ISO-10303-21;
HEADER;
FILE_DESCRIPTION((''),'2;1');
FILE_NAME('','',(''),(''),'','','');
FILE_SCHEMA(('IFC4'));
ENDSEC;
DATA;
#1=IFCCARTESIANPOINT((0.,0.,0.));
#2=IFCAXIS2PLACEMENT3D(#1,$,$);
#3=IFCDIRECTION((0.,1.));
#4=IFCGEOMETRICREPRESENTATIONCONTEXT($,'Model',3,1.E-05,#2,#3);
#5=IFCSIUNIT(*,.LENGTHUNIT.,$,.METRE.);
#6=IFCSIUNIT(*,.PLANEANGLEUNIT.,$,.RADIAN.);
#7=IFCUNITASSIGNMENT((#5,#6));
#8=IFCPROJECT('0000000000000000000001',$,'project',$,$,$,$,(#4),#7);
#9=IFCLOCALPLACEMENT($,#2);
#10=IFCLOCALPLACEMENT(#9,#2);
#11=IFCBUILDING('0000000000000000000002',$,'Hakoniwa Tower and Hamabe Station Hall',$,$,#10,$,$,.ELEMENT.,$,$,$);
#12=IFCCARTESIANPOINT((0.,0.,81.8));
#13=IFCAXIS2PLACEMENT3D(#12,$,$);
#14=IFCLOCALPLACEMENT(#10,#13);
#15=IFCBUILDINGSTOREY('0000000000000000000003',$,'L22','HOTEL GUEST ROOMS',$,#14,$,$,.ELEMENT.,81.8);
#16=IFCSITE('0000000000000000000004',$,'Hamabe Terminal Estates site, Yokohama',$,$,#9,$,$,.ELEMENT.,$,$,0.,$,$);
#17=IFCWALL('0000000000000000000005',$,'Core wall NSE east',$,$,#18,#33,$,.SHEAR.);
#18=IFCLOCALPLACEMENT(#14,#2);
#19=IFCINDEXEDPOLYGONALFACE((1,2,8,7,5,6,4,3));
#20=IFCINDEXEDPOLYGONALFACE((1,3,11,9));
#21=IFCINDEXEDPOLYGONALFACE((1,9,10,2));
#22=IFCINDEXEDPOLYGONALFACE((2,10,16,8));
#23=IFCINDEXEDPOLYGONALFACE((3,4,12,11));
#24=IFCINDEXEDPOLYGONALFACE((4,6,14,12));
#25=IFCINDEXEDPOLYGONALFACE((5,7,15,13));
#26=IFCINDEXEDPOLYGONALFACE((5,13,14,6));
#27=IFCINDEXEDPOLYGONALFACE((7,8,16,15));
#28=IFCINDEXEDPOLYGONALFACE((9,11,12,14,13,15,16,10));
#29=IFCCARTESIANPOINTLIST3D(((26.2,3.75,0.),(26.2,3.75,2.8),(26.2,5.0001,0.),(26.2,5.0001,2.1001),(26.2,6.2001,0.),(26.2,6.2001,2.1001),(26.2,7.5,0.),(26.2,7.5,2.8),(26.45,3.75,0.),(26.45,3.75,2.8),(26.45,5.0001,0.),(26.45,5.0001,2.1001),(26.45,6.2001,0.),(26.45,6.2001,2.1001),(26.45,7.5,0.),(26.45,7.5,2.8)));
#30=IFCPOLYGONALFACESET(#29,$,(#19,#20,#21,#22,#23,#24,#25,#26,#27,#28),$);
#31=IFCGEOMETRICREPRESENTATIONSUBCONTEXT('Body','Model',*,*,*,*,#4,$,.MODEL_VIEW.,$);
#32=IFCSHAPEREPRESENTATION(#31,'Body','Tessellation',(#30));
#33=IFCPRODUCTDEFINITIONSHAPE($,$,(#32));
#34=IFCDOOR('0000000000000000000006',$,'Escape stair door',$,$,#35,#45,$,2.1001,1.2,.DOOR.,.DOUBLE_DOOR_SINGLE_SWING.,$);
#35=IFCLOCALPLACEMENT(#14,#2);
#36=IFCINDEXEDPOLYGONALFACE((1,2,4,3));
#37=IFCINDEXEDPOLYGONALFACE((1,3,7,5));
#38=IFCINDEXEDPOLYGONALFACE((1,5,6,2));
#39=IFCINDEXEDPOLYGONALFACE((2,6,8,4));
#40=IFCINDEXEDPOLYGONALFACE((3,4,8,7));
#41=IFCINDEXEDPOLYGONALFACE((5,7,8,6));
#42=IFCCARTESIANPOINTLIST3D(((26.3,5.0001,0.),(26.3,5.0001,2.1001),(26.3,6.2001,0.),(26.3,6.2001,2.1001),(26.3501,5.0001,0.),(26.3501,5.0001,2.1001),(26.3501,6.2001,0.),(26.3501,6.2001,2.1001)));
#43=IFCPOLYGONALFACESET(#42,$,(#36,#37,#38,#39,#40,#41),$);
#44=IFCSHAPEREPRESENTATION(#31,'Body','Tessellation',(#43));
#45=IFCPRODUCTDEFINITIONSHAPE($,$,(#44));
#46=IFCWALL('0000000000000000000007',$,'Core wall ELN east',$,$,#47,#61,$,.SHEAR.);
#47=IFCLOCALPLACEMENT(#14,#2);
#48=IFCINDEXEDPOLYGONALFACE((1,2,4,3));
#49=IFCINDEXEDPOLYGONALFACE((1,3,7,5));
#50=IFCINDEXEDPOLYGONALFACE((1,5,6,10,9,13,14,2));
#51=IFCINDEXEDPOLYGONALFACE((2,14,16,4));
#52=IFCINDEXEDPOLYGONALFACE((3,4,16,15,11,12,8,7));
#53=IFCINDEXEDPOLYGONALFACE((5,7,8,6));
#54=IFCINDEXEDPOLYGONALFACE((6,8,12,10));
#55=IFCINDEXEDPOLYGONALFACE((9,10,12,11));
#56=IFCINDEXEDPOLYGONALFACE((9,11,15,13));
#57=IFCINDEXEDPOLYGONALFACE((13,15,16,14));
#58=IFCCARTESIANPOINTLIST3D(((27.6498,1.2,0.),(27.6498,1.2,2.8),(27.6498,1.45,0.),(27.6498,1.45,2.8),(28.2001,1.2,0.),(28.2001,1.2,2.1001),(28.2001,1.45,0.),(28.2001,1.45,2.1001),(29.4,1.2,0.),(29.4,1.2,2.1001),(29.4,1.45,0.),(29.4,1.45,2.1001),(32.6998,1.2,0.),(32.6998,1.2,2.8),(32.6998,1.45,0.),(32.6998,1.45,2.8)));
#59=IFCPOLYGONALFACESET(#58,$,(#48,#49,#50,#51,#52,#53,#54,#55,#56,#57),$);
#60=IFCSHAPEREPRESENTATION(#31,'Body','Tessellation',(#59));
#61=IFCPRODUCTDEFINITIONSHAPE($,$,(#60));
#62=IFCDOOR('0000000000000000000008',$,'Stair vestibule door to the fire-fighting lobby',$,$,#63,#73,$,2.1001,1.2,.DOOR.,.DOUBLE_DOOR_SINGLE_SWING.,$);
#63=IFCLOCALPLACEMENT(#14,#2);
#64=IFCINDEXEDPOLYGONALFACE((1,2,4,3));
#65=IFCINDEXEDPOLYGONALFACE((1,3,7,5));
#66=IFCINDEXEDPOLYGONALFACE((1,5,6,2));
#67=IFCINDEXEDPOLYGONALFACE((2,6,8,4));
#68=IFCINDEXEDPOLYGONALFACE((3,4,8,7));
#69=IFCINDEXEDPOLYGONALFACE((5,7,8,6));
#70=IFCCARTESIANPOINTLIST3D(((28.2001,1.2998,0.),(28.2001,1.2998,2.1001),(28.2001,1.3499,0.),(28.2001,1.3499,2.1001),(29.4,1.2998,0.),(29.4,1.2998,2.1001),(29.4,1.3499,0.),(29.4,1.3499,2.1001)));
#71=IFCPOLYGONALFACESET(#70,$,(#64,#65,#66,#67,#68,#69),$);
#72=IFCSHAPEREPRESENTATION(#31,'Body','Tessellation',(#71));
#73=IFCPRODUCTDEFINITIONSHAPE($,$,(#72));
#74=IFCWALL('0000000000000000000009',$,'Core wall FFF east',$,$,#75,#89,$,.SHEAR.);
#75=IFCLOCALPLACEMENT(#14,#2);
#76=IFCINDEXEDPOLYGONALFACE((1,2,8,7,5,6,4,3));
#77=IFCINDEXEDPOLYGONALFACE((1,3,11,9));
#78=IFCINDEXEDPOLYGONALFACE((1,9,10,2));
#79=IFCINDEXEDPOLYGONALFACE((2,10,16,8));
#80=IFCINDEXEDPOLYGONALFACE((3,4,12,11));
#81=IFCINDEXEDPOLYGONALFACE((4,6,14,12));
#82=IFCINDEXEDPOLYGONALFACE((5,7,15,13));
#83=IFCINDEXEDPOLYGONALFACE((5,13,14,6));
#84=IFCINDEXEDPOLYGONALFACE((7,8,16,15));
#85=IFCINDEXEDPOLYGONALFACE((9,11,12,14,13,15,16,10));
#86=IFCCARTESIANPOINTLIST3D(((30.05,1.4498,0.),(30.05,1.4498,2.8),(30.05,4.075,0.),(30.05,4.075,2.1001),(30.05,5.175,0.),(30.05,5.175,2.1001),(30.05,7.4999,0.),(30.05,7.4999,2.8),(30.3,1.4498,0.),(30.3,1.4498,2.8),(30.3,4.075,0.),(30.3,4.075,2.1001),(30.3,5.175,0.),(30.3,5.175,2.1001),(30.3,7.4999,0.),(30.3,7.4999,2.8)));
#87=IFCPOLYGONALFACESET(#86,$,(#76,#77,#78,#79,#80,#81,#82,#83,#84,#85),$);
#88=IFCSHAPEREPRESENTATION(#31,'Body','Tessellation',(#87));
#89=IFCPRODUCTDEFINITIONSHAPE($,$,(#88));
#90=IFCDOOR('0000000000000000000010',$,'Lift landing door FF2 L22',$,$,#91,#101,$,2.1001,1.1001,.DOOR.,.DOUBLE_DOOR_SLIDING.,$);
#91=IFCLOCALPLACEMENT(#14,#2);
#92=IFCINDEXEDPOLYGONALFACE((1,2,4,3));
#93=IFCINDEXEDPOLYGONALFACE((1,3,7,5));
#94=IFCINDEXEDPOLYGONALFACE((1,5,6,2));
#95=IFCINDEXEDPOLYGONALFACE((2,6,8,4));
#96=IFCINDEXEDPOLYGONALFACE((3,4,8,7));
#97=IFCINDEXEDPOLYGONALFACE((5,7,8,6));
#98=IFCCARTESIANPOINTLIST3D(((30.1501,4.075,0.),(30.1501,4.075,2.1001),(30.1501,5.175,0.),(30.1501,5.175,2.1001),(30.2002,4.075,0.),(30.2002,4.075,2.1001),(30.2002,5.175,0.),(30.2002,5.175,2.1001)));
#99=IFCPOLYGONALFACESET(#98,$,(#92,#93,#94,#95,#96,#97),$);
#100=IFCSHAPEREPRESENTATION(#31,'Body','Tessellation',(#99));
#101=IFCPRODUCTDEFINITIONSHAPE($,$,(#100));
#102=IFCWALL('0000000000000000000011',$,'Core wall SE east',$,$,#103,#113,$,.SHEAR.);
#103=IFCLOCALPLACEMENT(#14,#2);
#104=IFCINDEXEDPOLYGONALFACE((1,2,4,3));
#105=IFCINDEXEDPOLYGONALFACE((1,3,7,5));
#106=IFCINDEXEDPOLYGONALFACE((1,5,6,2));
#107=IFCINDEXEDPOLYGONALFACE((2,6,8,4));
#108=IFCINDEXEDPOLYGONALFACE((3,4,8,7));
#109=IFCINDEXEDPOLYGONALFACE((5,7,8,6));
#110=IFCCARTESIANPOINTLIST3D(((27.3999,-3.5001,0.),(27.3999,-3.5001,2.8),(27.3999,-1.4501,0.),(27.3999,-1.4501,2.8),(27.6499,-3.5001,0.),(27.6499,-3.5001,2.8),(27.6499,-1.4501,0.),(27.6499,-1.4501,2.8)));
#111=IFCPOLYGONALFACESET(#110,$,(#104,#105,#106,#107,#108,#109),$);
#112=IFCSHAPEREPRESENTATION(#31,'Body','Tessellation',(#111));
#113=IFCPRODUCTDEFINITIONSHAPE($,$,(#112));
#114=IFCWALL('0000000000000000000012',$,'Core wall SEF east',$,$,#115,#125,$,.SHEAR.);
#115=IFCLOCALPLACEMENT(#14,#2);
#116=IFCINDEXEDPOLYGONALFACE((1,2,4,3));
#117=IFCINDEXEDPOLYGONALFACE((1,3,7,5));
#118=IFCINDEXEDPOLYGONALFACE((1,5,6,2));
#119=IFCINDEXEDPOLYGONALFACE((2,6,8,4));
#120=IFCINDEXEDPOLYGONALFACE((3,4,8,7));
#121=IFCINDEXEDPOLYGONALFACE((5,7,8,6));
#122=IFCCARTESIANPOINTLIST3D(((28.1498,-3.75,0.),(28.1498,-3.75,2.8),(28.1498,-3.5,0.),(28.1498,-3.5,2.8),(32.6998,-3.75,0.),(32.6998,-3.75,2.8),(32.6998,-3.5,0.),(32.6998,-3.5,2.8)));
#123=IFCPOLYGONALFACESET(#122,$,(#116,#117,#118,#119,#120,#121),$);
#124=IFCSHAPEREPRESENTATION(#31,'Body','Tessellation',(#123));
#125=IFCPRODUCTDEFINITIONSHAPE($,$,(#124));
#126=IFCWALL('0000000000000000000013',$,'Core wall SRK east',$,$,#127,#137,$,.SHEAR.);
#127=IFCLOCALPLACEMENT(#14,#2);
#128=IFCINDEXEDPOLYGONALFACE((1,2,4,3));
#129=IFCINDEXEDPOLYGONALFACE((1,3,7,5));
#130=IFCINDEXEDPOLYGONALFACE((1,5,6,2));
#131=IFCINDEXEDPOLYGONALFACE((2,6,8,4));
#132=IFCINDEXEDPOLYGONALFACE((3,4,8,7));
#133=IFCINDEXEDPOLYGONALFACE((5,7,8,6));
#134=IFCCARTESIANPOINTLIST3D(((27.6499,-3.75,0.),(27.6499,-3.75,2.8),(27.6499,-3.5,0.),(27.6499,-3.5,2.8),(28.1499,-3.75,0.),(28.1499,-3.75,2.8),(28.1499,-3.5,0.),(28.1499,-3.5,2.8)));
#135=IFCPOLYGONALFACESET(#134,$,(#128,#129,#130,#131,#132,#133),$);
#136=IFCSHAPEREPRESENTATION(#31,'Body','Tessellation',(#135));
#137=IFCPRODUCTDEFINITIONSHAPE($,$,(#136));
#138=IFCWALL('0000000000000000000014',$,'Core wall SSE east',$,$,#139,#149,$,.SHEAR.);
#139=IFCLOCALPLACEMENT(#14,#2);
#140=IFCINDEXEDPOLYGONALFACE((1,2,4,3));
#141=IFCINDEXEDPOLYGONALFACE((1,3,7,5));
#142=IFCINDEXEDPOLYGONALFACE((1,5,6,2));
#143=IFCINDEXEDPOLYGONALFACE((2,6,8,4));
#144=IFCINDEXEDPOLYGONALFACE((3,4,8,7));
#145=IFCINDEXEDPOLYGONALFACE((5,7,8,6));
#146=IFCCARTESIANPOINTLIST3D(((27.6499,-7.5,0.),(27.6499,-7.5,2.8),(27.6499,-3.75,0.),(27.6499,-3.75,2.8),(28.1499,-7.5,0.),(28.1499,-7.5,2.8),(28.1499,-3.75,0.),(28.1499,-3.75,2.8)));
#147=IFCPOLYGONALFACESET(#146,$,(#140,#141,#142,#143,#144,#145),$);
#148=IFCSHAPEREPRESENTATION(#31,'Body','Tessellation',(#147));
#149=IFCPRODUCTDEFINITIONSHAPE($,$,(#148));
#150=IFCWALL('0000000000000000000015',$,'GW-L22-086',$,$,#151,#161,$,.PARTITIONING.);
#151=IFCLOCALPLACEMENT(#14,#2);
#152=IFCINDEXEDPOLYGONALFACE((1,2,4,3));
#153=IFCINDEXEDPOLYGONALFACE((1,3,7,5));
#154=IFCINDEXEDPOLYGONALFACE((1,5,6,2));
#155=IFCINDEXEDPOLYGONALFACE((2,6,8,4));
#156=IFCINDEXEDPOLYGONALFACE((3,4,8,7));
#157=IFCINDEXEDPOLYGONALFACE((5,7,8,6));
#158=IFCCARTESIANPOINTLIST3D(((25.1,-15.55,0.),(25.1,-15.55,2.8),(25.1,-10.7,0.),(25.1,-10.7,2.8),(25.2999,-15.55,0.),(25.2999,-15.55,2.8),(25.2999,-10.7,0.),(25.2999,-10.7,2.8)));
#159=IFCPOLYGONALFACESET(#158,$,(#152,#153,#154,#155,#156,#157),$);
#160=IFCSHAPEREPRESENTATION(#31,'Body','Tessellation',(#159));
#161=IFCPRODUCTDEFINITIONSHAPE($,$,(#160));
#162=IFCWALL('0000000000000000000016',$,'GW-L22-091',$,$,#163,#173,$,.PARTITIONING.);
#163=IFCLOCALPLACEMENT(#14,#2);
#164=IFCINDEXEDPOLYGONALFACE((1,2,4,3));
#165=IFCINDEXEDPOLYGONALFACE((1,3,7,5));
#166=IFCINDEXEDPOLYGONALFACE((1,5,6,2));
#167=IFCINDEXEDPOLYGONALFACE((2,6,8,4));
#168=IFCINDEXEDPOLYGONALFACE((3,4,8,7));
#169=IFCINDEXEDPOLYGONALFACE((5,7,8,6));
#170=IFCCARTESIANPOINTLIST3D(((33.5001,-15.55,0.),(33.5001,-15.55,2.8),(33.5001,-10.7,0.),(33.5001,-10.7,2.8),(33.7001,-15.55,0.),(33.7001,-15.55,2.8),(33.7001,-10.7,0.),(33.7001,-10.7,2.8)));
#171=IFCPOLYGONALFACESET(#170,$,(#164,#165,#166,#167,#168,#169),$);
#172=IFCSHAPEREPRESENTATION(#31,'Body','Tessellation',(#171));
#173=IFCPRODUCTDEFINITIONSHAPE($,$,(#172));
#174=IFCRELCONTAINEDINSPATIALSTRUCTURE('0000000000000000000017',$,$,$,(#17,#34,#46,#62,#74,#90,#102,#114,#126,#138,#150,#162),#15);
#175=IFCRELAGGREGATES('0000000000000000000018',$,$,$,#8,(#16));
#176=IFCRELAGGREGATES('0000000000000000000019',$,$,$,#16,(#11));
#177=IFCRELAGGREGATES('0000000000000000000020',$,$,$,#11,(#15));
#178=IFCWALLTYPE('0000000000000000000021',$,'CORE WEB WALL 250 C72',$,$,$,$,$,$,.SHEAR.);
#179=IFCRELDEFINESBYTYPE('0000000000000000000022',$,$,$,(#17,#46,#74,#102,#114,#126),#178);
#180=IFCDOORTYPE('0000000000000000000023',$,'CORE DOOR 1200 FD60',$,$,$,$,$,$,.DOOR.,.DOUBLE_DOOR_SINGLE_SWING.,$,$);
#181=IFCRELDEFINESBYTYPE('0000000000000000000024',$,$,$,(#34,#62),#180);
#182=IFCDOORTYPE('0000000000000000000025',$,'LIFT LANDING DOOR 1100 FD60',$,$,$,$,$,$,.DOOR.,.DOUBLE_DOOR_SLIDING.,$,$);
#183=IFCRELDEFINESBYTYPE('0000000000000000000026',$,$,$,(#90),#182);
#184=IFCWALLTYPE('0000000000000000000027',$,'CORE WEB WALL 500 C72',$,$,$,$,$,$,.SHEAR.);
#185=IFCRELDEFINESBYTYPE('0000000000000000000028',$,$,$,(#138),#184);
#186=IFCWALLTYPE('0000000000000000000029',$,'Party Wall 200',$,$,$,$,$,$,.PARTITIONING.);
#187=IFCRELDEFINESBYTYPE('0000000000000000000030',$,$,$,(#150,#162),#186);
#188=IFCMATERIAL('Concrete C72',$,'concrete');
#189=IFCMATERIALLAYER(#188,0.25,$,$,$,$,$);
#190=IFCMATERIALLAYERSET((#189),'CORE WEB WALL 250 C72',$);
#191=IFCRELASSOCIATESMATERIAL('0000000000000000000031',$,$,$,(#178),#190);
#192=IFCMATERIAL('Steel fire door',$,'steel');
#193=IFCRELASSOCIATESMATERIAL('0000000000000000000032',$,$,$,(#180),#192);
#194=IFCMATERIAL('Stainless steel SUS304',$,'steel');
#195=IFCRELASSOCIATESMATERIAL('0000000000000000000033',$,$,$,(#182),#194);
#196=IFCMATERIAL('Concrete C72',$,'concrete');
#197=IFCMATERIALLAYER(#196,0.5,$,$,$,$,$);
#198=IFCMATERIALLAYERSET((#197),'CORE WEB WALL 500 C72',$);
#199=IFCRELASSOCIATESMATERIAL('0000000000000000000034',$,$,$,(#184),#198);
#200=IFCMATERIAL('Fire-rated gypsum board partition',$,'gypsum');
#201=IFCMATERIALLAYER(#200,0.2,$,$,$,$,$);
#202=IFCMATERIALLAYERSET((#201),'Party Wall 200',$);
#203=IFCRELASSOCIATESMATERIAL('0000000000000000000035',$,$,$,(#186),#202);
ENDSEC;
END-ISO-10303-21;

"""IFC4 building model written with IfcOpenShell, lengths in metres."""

from ifc_helpers import new_model, si_unit, direction, frame, frame_2d, origin, place, context, subcontext, project, spatial, rectangle, extrude, material, layer, layer_set, type_object, element, fill, save


model = new_model("IFC4")

# Units and contexts
model_context = context("Model", 3, precision=1e-05, world=origin(), true_north=direction((0.0, 1.0)))
body_context = subcontext(model_context, "Body", "Model", "MODEL_VIEW")
ifc_project = project(units=[si_unit("LENGTHUNIT", "METRE"), si_unit("PLANEANGLEUNIT", "RADIAN")], contexts=[model_context])

# Site, building, storey
site_placement = place(None, origin())
site = spatial("IfcSite", under=ifc_project, at=site_placement, Name="Hamabe Terminal Estates site, Yokohama", CompositionType="ELEMENT", RefElevation=0.0)
building_placement = place(site_placement, origin())
building = spatial("IfcBuilding", under=site, at=building_placement, Name="Hakoniwa Tower and Hamabe Station Hall", CompositionType="ELEMENT")
storey_placement = place(building_placement, frame((0.0, 0.0, 81.8)))
storey = spatial("IfcBuildingStorey", under=building, at=storey_placement, Name="L22", Description="HOTEL GUEST ROOMS", CompositionType="ELEMENT", Elevation=81.8)

# Shared definitions
ifc_material_1 = material(Name="Concrete C72", Category="concrete")
ifc_layer_1 = layer(ifc_material_1, 0.25)
ifc_layer_set_1 = layer_set([ifc_layer_1], Name="CORE WEB WALL 250 C72")
wall_type_1 = type_object("IfcWallType", Name="CORE WEB WALL 250 C72", PredefinedType="SHEAR", material=ifc_layer_set_1)

# Walls, openings, doors
wall_1_placement = place(storey_placement, frame((26.325, 3.75, 0.0), z_axis=(0.0, 0.0, 1.0), x_axis=(0.0, 1.0, 0.0)))
wall_1 = element("IfcWall", 1, at=wall_1_placement, inside=storey, type_object=wall_type_1, Name="Core wall NSE east", PredefinedType="SHEAR", context=body_context, shape_type="SweptSolid", body=[
    extrude(rectangle(XDim=3.75, YDim=0.25, at=frame_2d((1.875, 0.0))), origin(), (0.0, 0.0, 1.0), 2.8),
])
opening_1_placement = place(wall_1_placement, frame((1.25, 0.0, 0.0)))
opening_1 = element("IfcOpeningElement", 2, at=opening_1_placement, cuts=wall_1, PredefinedType="OPENING", context=body_context, shape_type="SweptSolid", body=[
    extrude(rectangle(XDim=1.2, YDim=2.1001, at=frame_2d((0.6001, 1.05))), frame((0.0, 0.135, 0.0), z_axis=(0.0, -1.0, 0.0), x_axis=(1.0, 0.0, 0.0)), (0.0, 0.0, 1.0), 0.27),
])
ifc_material_2 = material(Name="Steel fire door", Category="steel")
door_type_1 = type_object("IfcDoorType", Name="CORE DOOR 1200 FD60", OperationType="DOUBLE_DOOR_SINGLE_SWING", PredefinedType="DOOR", material=ifc_material_2)
door_1_placement = place(opening_1_placement, origin())
door_1 = element("IfcDoor", 3, at=door_1_placement, inside=storey, type_object=door_type_1, Name="Escape stair door", OperationType="DOUBLE_DOOR_SINGLE_SWING", OverallHeight=2.1001, OverallWidth=1.2, PredefinedType="DOOR", context=body_context, shape_type="SweptSolid", body=[
    extrude(rectangle(XDim=1.2, YDim=2.1001, at=frame_2d((0.6001, 1.05))), frame((0.0, 0.0249, 0.0), z_axis=(0.0, -1.0, 0.0), x_axis=(1.0, 0.0, 0.0)), (0.0, 0.0, 1.0), 0.05),
])
fill(opening_1, door_1)
wall_2_placement = place(storey_placement, frame((27.6499, 1.325, 0.0), z_axis=(0.0, 0.0, 1.0), x_axis=(1.0, 0.0, 0.0)))
wall_2 = element("IfcWall", 4, at=wall_2_placement, inside=storey, type_object=wall_type_1, Name="Core wall ELN east", PredefinedType="SHEAR", context=body_context, shape_type="SweptSolid", body=[
    extrude(rectangle(XDim=5.05, YDim=0.25, at=frame_2d((2.5249, 0.0))), origin(), (0.0, 0.0, 1.0), 2.8),
])
opening_2_placement = place(wall_2_placement, frame((0.55, 0.0, 0.0)))
opening_2 = element("IfcOpeningElement", 5, at=opening_2_placement, cuts=wall_2, PredefinedType="OPENING", context=body_context, shape_type="SweptSolid", body=[
    extrude(rectangle(XDim=1.2, YDim=2.1001, at=frame_2d((0.6001, 1.05))), frame((0.0, 0.135, 0.0), z_axis=(0.0, -1.0, 0.0), x_axis=(1.0, 0.0, 0.0)), (0.0, 0.0, 1.0), 0.27),
])
door_2_placement = place(opening_2_placement, origin())
door_2 = element("IfcDoor", 6, at=door_2_placement, inside=storey, type_object=door_type_1, Name="Stair vestibule door to the fire-fighting lobby", OperationType="DOUBLE_DOOR_SINGLE_SWING", OverallHeight=2.1001, OverallWidth=1.2, PredefinedType="DOOR", context=body_context, shape_type="SweptSolid", body=[
    extrude(rectangle(XDim=1.2, YDim=2.1001, at=frame_2d((0.6001, 1.05))), frame((0.0, 0.0249, 0.0), z_axis=(0.0, -1.0, 0.0), x_axis=(1.0, 0.0, 0.0)), (0.0, 0.0, 1.0), 0.05),
])
fill(opening_2, door_2)
wall_3_placement = place(storey_placement, frame((30.175, 1.45, 0.0), z_axis=(0.0, 0.0, 1.0), x_axis=(0.0, 1.0, 0.0)))
wall_3 = element("IfcWall", 7, at=wall_3_placement, inside=storey, type_object=wall_type_1, Name="Core wall FFF east", PredefinedType="SHEAR", context=body_context, shape_type="SweptSolid", body=[
    extrude(rectangle(XDim=6.05, YDim=0.25, at=frame_2d((3.0249, 0.0))), origin(), (0.0, 0.0, 1.0), 2.8),
])
opening_3_placement = place(wall_3_placement, frame((2.625, 0.0, 0.0)))
opening_3 = element("IfcOpeningElement", 8, at=opening_3_placement, cuts=wall_3, PredefinedType="OPENING", context=body_context, shape_type="SweptSolid", body=[
    extrude(rectangle(XDim=1.1001, YDim=2.1001, at=frame_2d((0.55, 1.05))), frame((0.0, 0.135, 0.0), z_axis=(0.0, -1.0, 0.0), x_axis=(1.0, 0.0, 0.0)), (0.0, 0.0, 1.0), 0.27),
])
ifc_material_3 = material(Name="Stainless steel SUS304", Category="steel")
door_type_2 = type_object("IfcDoorType", Name="LIFT LANDING DOOR 1100 FD60", OperationType="DOUBLE_DOOR_SLIDING", PredefinedType="DOOR", material=ifc_material_3)
door_3_placement = place(opening_3_placement, origin())
door_3 = element("IfcDoor", 9, at=door_3_placement, inside=storey, type_object=door_type_2, Name="Lift landing door FF2 L22", OperationType="DOUBLE_DOOR_SLIDING", OverallHeight=2.1001, OverallWidth=1.1001, PredefinedType="DOOR", context=body_context, shape_type="SweptSolid", body=[
    extrude(rectangle(XDim=1.1001, YDim=2.1001, at=frame_2d((0.55, 1.05))), frame((0.0, 0.0249, 0.0), z_axis=(0.0, -1.0, 0.0), x_axis=(1.0, 0.0, 0.0)), (0.0, 0.0, 1.0), 0.05),
])
fill(opening_3, door_3)

# Walls
wall_4_placement = place(storey_placement, frame((27.5249, -3.5, 0.0), z_axis=(0.0, 0.0, 1.0), x_axis=(0.0, 1.0, 0.0)))
element("IfcWall", 10, at=wall_4_placement, inside=storey, type_object=wall_type_1, Name="Core wall SE east", PredefinedType="SHEAR", context=body_context, shape_type="SweptSolid", body=[
    extrude(rectangle(XDim=2.05, YDim=0.25, at=frame_2d((1.0249, 0.0))), origin(), (0.0, 0.0, 1.0), 2.8),
])
wall_5_placement = place(storey_placement, frame((28.1499, -3.625, 0.0), z_axis=(0.0, 0.0, 1.0), x_axis=(1.0, 0.0, 0.0)))
element("IfcWall", 11, at=wall_5_placement, inside=storey, type_object=wall_type_1, Name="Core wall SEF east", PredefinedType="SHEAR", context=body_context, shape_type="SweptSolid", body=[
    extrude(rectangle(XDim=4.55, YDim=0.25, at=frame_2d((2.2749, 0.0))), origin(), (0.0, 0.0, 1.0), 2.8),
])
wall_6_placement = place(storey_placement, frame((27.6499, -3.625, 0.0), z_axis=(0.0, 0.0, 1.0), x_axis=(1.0, 0.0, 0.0)))
element("IfcWall", 12, at=wall_6_placement, inside=storey, type_object=wall_type_1, Name="Core wall SRK east", PredefinedType="SHEAR", context=body_context, shape_type="SweptSolid", body=[
    extrude(rectangle(XDim=0.5, YDim=0.25, at=frame_2d((0.25, 0.0))), origin(), (0.0, 0.0, 1.0), 2.8),
])
ifc_material_4 = material(Name="Concrete C72", Category="concrete")
ifc_layer_2 = layer(ifc_material_4, 0.5)
ifc_layer_set_2 = layer_set([ifc_layer_2], Name="CORE WEB WALL 500 C72")
wall_type_2 = type_object("IfcWallType", Name="CORE WEB WALL 500 C72", PredefinedType="SHEAR", material=ifc_layer_set_2)
wall_7_placement = place(storey_placement, frame((27.8999, -7.5, 0.0), z_axis=(0.0, 0.0, 1.0), x_axis=(0.0, 1.0, 0.0)))
element("IfcWall", 13, at=wall_7_placement, inside=storey, type_object=wall_type_2, Name="Core wall SSE east", PredefinedType="SHEAR", context=body_context, shape_type="SweptSolid", body=[
    extrude(rectangle(XDim=3.75, YDim=0.5, at=frame_2d((1.875, 0.0))), origin(), (0.0, 0.0, 1.0), 2.8),
])
ifc_material_5 = material(Name="Fire-rated gypsum board partition", Category="gypsum")
ifc_layer_3 = layer(ifc_material_5, 0.2)
ifc_layer_set_3 = layer_set([ifc_layer_3], Name="Party Wall 200")
wall_type_3 = type_object("IfcWallType", Name="Party Wall 200", PredefinedType="PARTITIONING", material=ifc_layer_set_3)
for number, where, z_axis, x_axis, name in (
    (14, (25.2, -15.55, 0.0), (0.0, 0.0, 1.0), (0.0, 1.0, 0.0), "GW-L22-086"),
    (15, (33.6001, -15.55, 0.0), (0.0, 0.0, 1.0), (0.0, 1.0, 0.0), "GW-L22-091"),
):
    element("IfcWall", number, at=place(storey_placement, frame(where, z_axis=z_axis, x_axis=x_axis)), inside=storey, type_object=wall_type_3, Name=name, PredefinedType="PARTITIONING", context=body_context, shape_type="SweptSolid", body=[
        extrude(rectangle(XDim=4.8501, YDim=0.2, at=frame_2d((2.425, 0.0))), origin(), (0.0, 0.0, 1.0), 2.8),
    ])

save(model, "model.ifc")
